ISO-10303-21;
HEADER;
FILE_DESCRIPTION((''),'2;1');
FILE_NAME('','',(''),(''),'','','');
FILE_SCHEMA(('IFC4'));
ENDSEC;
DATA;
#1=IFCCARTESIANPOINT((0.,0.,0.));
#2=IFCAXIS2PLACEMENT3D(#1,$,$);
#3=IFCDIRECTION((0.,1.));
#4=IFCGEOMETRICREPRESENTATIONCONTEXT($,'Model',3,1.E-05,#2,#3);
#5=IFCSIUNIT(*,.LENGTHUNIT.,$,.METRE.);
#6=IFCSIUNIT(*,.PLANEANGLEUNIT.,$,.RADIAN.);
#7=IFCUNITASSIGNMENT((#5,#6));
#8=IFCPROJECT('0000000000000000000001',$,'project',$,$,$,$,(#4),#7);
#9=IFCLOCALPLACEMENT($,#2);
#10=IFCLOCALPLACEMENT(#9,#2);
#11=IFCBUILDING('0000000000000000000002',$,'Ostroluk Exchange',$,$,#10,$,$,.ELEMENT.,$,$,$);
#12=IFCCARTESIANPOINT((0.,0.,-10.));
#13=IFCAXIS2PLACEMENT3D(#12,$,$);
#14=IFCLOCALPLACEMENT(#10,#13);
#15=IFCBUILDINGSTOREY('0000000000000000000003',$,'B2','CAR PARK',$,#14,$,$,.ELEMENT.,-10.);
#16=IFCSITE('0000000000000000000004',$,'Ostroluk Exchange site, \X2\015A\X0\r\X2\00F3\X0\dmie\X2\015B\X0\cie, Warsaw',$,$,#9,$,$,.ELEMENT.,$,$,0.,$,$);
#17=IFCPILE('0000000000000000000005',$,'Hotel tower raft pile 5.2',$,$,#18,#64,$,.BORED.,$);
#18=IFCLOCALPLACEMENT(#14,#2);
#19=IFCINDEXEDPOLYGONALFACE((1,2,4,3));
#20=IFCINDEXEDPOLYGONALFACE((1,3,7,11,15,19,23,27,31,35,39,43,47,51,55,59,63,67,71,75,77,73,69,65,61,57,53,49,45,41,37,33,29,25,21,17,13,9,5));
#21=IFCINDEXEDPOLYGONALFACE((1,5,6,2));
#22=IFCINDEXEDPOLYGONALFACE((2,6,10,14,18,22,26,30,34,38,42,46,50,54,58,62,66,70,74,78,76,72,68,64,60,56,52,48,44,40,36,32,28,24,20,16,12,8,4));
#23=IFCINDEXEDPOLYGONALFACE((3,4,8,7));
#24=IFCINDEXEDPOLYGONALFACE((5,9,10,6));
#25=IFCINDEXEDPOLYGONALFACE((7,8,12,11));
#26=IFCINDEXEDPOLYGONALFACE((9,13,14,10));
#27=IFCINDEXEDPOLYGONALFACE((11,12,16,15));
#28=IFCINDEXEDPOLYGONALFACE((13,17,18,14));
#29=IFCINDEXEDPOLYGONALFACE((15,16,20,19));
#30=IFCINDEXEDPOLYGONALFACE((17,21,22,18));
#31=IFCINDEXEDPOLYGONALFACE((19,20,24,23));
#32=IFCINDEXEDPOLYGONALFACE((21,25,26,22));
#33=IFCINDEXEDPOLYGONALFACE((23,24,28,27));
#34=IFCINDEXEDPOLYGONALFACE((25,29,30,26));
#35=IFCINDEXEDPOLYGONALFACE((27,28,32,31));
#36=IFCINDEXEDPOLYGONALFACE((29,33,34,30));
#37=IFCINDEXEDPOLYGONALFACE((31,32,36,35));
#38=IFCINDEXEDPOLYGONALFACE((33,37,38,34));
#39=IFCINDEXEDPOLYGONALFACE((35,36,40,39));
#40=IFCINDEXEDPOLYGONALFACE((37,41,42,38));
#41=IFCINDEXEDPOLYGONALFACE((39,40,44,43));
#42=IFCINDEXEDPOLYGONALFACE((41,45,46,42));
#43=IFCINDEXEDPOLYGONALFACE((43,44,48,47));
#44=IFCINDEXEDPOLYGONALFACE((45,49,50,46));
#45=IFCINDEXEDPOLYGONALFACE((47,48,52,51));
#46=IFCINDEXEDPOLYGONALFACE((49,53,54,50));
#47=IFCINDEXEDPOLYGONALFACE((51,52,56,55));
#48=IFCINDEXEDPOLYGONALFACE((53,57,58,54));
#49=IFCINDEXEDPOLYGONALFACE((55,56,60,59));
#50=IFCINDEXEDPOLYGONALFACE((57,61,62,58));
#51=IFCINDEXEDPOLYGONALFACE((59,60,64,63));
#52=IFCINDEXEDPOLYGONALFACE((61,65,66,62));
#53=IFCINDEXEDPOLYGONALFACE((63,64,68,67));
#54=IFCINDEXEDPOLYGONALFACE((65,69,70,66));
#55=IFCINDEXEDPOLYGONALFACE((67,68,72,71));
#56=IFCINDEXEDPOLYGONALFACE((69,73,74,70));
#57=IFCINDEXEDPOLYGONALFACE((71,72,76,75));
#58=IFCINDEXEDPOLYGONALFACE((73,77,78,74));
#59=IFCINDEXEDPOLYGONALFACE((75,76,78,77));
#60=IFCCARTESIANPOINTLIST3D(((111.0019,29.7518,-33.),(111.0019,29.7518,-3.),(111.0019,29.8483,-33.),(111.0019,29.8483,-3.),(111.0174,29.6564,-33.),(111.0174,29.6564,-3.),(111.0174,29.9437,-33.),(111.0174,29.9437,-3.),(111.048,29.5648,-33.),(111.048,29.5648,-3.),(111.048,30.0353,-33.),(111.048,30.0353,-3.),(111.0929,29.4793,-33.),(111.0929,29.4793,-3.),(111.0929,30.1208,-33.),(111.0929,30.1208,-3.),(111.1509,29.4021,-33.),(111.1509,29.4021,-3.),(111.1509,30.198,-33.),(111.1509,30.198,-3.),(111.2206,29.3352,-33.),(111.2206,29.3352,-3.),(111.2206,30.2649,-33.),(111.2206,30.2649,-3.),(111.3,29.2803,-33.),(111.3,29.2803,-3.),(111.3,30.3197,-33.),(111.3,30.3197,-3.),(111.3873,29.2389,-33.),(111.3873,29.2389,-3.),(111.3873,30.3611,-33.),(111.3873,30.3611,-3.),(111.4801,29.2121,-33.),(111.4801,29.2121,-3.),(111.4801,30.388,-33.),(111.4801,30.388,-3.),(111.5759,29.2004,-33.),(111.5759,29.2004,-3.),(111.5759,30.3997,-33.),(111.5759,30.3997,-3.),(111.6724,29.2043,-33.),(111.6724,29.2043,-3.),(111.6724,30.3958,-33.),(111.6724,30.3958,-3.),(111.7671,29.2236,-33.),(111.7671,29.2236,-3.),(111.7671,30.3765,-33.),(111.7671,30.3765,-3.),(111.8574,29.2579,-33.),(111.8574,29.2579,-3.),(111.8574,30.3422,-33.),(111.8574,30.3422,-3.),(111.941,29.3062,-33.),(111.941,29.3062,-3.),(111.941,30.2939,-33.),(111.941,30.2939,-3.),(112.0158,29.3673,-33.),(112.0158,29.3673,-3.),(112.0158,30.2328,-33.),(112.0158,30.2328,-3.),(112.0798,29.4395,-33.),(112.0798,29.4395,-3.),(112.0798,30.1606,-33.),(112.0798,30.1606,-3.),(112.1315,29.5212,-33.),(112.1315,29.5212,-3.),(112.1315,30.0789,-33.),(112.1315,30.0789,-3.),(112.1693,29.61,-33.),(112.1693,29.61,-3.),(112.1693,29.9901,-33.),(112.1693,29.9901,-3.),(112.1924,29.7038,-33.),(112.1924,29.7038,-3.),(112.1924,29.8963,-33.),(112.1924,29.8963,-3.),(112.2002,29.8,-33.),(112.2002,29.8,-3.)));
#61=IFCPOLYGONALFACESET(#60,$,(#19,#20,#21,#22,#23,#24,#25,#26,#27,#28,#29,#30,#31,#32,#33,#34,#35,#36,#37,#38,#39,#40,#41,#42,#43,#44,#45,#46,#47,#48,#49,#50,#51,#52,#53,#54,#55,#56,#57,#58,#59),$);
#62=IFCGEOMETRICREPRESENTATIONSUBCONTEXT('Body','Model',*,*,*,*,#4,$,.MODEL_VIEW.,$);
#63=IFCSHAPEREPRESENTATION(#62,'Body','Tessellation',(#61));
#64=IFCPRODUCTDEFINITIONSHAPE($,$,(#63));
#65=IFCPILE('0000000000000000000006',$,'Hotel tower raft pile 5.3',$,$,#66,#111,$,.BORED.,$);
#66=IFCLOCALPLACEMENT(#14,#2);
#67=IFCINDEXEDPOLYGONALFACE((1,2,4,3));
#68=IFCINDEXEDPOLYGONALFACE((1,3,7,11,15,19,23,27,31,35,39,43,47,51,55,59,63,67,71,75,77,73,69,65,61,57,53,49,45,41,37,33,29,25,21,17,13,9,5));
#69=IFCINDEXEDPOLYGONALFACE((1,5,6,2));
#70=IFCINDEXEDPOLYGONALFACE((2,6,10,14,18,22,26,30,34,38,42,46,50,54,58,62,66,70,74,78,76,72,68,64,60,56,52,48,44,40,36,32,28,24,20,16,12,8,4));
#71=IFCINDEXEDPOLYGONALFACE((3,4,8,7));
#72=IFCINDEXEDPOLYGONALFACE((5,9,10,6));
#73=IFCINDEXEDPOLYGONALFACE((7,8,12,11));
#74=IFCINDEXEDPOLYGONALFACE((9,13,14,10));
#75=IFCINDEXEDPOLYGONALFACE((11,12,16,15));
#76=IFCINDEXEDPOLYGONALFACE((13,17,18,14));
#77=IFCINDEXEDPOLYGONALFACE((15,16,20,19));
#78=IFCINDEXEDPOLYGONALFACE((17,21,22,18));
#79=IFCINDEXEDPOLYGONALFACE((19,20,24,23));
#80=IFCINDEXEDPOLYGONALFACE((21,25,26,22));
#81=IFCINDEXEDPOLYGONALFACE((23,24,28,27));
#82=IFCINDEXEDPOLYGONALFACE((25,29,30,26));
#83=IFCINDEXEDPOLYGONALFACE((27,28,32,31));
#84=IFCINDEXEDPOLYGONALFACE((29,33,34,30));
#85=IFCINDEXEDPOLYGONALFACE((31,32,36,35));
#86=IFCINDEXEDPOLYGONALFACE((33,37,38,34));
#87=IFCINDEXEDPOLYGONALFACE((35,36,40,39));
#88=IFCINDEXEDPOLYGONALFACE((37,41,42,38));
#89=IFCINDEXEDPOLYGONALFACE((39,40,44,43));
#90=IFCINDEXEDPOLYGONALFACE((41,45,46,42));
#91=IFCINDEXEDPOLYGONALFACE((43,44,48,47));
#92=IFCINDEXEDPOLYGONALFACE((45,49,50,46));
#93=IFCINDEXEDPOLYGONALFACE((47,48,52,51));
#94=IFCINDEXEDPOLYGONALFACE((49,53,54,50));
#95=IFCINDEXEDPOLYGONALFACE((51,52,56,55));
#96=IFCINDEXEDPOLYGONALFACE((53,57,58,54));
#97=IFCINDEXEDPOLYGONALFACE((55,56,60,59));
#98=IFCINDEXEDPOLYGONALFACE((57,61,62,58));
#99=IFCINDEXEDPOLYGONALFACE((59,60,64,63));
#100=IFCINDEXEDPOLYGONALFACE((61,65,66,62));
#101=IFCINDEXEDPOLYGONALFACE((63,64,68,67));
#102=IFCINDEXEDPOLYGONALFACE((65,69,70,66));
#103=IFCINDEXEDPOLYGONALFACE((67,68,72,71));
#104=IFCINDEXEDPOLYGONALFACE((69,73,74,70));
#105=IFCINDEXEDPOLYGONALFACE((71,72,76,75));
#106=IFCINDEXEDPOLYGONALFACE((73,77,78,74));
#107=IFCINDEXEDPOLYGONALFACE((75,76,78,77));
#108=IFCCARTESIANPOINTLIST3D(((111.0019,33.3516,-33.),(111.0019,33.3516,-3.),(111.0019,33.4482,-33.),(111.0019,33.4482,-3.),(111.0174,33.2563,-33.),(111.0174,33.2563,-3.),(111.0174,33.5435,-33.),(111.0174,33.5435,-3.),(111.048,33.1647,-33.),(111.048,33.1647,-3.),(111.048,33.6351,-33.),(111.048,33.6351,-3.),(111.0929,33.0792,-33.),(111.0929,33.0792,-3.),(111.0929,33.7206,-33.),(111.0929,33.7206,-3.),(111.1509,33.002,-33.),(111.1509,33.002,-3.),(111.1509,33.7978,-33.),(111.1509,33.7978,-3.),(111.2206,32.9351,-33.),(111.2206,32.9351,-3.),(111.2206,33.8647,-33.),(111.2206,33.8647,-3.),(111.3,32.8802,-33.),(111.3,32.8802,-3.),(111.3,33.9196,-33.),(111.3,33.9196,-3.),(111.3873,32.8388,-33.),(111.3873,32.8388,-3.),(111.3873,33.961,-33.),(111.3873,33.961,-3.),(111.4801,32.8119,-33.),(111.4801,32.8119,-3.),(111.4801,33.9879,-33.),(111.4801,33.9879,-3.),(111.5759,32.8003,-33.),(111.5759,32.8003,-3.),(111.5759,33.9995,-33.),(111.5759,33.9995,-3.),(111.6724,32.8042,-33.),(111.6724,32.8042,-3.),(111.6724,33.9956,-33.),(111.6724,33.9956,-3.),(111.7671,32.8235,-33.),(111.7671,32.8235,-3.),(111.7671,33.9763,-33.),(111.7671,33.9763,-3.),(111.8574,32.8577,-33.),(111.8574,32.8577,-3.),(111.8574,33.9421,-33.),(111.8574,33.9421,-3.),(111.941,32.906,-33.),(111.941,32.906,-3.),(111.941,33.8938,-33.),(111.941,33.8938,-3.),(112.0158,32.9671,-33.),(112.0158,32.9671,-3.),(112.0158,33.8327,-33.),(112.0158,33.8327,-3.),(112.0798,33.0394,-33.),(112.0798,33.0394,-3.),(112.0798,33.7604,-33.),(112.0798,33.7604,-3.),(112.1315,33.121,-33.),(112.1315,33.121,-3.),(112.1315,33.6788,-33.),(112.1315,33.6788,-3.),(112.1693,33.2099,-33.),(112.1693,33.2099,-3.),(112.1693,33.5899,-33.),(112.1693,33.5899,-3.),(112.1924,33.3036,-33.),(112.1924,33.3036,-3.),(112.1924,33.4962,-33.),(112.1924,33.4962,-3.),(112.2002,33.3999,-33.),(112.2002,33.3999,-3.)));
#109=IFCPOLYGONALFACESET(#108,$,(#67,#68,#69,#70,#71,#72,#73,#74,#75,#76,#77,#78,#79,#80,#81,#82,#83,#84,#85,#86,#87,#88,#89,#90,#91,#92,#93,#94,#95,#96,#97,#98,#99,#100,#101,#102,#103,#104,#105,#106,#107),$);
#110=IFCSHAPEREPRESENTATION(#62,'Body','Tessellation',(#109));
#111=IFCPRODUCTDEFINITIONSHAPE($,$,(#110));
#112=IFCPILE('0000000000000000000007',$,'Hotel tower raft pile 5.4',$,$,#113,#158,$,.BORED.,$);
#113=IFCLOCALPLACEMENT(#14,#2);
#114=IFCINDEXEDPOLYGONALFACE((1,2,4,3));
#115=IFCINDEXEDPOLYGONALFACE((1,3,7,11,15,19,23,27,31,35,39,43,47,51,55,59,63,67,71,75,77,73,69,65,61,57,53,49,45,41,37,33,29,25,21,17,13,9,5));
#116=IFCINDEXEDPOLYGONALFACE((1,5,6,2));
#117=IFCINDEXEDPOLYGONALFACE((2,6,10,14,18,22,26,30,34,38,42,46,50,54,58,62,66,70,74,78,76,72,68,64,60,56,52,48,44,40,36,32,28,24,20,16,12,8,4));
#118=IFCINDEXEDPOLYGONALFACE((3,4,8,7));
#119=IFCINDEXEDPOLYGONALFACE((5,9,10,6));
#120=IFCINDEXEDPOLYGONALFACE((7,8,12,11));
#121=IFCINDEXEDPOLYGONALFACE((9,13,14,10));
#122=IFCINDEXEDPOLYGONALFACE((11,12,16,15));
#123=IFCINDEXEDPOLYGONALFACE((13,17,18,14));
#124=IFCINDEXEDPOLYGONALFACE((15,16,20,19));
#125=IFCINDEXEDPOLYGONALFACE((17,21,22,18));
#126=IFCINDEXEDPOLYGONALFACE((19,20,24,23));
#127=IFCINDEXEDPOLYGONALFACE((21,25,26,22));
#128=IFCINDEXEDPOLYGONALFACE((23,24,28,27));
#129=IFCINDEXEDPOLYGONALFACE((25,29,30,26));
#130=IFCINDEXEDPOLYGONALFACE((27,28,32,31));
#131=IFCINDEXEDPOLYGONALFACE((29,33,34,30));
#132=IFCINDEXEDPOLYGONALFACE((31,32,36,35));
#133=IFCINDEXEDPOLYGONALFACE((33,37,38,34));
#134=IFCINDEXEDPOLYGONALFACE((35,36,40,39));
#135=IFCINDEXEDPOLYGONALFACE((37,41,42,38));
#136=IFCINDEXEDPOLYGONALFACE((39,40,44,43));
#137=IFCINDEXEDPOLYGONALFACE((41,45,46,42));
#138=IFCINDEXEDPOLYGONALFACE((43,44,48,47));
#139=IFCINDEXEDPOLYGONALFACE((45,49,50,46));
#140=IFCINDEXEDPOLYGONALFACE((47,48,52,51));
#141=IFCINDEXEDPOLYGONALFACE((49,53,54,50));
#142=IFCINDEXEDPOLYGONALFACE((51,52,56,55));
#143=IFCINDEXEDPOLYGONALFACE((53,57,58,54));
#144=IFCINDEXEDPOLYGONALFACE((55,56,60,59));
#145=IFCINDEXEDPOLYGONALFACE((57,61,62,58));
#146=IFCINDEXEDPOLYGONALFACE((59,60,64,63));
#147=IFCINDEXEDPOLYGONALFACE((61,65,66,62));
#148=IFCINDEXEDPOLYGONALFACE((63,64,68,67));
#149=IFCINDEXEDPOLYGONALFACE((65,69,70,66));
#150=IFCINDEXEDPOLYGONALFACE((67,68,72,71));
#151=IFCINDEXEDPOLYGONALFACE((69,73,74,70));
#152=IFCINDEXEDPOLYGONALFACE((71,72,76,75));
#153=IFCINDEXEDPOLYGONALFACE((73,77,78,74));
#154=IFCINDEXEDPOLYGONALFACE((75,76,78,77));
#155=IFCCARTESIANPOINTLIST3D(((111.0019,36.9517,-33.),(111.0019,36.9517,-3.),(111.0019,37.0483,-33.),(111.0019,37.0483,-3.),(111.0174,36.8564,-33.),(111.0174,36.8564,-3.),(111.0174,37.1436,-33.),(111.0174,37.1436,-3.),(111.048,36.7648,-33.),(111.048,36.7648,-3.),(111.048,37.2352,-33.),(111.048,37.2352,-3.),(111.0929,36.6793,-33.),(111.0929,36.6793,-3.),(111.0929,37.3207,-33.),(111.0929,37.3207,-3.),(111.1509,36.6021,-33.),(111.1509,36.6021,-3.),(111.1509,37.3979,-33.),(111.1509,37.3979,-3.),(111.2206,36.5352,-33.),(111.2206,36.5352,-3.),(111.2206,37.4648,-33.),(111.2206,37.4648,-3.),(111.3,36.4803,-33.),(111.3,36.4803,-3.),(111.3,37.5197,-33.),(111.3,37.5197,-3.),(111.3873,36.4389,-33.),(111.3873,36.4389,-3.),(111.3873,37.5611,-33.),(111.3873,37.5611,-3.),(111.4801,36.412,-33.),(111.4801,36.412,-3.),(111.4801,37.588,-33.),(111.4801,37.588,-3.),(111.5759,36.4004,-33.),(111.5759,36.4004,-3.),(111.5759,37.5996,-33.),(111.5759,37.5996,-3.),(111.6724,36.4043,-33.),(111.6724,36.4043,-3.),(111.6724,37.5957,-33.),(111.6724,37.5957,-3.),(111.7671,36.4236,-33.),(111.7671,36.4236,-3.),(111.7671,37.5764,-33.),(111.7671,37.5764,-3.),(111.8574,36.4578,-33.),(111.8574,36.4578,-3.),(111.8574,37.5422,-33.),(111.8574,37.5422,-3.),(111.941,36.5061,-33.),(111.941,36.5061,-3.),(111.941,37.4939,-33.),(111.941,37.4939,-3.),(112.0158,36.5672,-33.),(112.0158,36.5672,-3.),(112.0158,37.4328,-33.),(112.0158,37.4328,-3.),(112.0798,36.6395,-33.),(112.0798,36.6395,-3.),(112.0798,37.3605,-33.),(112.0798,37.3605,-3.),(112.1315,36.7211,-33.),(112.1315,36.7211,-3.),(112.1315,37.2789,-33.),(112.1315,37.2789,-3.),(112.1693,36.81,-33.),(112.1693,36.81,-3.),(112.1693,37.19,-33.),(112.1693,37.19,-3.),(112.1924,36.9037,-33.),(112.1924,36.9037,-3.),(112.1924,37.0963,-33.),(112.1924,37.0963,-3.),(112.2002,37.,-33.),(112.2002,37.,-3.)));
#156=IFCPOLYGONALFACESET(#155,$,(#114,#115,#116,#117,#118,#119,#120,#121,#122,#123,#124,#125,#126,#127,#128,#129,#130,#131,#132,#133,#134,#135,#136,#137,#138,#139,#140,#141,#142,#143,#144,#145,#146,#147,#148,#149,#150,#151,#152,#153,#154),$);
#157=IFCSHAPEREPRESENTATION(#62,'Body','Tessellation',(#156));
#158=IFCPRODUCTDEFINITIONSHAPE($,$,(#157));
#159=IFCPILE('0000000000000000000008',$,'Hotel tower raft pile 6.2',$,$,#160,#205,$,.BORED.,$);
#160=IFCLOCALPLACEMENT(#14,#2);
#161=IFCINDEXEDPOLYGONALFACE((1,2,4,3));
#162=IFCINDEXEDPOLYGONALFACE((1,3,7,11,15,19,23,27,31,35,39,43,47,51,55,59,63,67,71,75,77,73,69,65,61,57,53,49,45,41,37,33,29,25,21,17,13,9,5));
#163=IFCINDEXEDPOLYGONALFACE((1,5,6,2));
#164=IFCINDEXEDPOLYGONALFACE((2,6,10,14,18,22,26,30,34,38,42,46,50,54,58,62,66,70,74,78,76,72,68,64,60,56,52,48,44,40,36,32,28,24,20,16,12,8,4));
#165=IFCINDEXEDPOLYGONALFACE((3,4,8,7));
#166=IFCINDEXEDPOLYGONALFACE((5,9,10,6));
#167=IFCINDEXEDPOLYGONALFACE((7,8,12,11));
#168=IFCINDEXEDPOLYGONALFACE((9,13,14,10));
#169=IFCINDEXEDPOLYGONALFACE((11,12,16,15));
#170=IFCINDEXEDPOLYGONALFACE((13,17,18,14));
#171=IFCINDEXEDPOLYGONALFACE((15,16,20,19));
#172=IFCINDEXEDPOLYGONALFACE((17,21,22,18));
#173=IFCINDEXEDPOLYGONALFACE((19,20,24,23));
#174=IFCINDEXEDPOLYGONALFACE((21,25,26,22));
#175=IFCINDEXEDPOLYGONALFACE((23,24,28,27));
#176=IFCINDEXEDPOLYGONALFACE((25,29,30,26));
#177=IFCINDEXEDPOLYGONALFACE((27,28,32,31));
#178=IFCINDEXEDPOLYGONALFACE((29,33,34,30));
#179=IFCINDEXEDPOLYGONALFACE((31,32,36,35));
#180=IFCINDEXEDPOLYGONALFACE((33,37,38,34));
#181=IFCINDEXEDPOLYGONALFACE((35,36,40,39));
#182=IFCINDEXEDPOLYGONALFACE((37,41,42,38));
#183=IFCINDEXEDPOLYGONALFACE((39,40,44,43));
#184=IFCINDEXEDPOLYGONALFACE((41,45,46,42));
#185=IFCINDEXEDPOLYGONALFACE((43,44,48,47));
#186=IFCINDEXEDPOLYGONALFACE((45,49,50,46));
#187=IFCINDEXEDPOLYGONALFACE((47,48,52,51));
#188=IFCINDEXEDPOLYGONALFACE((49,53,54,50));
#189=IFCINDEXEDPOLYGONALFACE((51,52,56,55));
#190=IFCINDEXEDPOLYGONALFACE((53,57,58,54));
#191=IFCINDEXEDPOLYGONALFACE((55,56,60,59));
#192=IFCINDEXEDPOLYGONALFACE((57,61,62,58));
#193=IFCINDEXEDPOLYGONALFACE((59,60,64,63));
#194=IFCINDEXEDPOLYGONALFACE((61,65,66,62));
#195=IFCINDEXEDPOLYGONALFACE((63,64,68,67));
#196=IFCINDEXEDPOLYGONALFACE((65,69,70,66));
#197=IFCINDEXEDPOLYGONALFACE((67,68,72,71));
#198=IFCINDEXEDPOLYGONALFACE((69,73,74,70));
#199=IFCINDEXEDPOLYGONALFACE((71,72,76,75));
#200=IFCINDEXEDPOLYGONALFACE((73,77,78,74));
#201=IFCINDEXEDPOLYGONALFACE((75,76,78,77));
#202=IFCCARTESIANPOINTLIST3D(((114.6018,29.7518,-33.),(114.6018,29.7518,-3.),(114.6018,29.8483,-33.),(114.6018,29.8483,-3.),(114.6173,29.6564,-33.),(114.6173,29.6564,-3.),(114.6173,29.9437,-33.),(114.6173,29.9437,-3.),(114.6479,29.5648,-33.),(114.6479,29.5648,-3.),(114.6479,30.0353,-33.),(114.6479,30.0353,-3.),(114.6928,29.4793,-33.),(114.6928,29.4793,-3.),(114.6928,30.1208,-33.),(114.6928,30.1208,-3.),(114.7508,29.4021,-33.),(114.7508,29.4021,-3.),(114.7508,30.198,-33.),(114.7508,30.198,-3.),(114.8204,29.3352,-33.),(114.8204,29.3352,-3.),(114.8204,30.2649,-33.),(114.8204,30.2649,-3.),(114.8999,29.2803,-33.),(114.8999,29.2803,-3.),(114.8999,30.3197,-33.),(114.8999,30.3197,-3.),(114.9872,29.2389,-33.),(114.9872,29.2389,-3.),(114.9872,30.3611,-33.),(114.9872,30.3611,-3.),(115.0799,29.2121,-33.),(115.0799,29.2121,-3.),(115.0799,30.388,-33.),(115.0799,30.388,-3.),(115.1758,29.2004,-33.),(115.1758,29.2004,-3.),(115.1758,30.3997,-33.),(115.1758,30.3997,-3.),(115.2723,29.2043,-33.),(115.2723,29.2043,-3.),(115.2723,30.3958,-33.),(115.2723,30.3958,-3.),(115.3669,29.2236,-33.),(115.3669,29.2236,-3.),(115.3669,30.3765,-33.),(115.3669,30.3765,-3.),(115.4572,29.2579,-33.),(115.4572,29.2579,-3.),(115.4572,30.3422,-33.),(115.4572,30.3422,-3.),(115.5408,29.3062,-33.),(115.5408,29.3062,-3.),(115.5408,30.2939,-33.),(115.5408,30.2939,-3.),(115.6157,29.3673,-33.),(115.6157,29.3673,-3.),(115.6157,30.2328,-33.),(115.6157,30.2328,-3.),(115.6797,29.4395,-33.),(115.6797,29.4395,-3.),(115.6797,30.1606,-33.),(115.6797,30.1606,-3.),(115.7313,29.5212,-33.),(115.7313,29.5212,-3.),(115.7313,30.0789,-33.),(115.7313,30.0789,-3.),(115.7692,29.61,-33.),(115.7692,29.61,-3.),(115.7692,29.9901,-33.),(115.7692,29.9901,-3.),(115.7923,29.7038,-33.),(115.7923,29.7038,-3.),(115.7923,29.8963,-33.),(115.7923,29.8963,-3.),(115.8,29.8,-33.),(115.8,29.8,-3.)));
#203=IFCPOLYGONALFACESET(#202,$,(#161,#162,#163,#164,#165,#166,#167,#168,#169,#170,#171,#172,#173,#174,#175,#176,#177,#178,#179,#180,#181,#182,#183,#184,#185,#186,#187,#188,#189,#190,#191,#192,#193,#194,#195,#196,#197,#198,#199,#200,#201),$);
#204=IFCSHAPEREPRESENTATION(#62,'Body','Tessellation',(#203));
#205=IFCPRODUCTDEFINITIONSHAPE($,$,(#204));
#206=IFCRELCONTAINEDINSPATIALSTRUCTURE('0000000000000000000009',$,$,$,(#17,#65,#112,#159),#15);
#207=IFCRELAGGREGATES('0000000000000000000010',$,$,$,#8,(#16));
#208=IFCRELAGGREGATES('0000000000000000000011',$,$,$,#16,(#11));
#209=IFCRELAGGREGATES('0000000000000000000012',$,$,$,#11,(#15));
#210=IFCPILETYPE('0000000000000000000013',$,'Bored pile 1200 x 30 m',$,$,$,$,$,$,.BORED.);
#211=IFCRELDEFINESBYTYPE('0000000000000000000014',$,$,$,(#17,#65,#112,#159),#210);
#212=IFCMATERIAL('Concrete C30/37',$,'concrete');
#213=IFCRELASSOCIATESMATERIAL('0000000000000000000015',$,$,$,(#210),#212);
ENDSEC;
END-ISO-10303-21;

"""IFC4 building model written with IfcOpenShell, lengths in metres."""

from ifc_helpers import new_model, si_unit, direction, frame, origin, origin_2d, place, context, subcontext, project, spatial, circle, extrude, material, type_object, element, save


model = new_model("IFC4")

# Units and contexts
model_context = context("Model", 3, precision=1e-05, world=origin(), true_north=direction((0.0, 1.0)))
body_context = subcontext(model_context, "Body", "Model", "MODEL_VIEW")
ifc_project = project(units=[si_unit("LENGTHUNIT", "METRE"), si_unit("PLANEANGLEUNIT", "RADIAN")], contexts=[model_context])

# Site, building, storey
site_placement = place(None, origin())
site = spatial("IfcSite", under=ifc_project, at=site_placement, Name="Ostroluk Exchange site, Śródmieście, Warsaw", CompositionType="ELEMENT", RefElevation=0.0)
building_placement = place(site_placement, origin())
building = spatial("IfcBuilding", under=site, at=building_placement, Name="Ostroluk Exchange", CompositionType="ELEMENT")
storey_placement = place(building_placement, frame((0.0, 0.0, -10.0)))
storey = spatial("IfcBuildingStorey", under=building, at=storey_placement, Name="B2", Description="CAR PARK", CompositionType="ELEMENT", Elevation=-10.0)

# Piles
ifc_material_1 = material(Name="Concrete C30/37", Category="concrete")
pile_type = type_object("IfcPileType", Name="Bored pile 1200 x 30 m", PredefinedType="BORED", material=ifc_material_1)
for number, where, z_axis, x_axis, name in (
    (1, (111.6001, 29.8, -3.0), (0.0, 0.0, -1.0), (1.0, 0.0, 0.0), "Hotel tower raft pile 5.2"),
    (2, (111.6001, 33.3999, -3.0), (0.0, 0.0, -1.0), (1.0, 0.0, 0.0), "Hotel tower raft pile 5.3"),
    (3, (111.6001, 37.0, -3.0), (0.0, 0.0, -1.0), (1.0, 0.0, 0.0), "Hotel tower raft pile 5.4"),
    (4, (115.2, 29.8, -3.0), (0.0, 0.0, -1.0), (1.0, 0.0, 0.0), "Hotel tower raft pile 6.2"),
):
    element("IfcPile", number, at=place(storey_placement, frame(where, z_axis=z_axis, x_axis=x_axis)), inside=storey, type_object=pile_type, Name=name, PredefinedType="BORED", context=body_context, shape_type="SweptSolid", body=[
        extrude(circle(Radius=0.6001, at=origin_2d()), origin(), (0.0, 0.0, 1.0), 30.0),
    ])

save(model, "model.ifc")
